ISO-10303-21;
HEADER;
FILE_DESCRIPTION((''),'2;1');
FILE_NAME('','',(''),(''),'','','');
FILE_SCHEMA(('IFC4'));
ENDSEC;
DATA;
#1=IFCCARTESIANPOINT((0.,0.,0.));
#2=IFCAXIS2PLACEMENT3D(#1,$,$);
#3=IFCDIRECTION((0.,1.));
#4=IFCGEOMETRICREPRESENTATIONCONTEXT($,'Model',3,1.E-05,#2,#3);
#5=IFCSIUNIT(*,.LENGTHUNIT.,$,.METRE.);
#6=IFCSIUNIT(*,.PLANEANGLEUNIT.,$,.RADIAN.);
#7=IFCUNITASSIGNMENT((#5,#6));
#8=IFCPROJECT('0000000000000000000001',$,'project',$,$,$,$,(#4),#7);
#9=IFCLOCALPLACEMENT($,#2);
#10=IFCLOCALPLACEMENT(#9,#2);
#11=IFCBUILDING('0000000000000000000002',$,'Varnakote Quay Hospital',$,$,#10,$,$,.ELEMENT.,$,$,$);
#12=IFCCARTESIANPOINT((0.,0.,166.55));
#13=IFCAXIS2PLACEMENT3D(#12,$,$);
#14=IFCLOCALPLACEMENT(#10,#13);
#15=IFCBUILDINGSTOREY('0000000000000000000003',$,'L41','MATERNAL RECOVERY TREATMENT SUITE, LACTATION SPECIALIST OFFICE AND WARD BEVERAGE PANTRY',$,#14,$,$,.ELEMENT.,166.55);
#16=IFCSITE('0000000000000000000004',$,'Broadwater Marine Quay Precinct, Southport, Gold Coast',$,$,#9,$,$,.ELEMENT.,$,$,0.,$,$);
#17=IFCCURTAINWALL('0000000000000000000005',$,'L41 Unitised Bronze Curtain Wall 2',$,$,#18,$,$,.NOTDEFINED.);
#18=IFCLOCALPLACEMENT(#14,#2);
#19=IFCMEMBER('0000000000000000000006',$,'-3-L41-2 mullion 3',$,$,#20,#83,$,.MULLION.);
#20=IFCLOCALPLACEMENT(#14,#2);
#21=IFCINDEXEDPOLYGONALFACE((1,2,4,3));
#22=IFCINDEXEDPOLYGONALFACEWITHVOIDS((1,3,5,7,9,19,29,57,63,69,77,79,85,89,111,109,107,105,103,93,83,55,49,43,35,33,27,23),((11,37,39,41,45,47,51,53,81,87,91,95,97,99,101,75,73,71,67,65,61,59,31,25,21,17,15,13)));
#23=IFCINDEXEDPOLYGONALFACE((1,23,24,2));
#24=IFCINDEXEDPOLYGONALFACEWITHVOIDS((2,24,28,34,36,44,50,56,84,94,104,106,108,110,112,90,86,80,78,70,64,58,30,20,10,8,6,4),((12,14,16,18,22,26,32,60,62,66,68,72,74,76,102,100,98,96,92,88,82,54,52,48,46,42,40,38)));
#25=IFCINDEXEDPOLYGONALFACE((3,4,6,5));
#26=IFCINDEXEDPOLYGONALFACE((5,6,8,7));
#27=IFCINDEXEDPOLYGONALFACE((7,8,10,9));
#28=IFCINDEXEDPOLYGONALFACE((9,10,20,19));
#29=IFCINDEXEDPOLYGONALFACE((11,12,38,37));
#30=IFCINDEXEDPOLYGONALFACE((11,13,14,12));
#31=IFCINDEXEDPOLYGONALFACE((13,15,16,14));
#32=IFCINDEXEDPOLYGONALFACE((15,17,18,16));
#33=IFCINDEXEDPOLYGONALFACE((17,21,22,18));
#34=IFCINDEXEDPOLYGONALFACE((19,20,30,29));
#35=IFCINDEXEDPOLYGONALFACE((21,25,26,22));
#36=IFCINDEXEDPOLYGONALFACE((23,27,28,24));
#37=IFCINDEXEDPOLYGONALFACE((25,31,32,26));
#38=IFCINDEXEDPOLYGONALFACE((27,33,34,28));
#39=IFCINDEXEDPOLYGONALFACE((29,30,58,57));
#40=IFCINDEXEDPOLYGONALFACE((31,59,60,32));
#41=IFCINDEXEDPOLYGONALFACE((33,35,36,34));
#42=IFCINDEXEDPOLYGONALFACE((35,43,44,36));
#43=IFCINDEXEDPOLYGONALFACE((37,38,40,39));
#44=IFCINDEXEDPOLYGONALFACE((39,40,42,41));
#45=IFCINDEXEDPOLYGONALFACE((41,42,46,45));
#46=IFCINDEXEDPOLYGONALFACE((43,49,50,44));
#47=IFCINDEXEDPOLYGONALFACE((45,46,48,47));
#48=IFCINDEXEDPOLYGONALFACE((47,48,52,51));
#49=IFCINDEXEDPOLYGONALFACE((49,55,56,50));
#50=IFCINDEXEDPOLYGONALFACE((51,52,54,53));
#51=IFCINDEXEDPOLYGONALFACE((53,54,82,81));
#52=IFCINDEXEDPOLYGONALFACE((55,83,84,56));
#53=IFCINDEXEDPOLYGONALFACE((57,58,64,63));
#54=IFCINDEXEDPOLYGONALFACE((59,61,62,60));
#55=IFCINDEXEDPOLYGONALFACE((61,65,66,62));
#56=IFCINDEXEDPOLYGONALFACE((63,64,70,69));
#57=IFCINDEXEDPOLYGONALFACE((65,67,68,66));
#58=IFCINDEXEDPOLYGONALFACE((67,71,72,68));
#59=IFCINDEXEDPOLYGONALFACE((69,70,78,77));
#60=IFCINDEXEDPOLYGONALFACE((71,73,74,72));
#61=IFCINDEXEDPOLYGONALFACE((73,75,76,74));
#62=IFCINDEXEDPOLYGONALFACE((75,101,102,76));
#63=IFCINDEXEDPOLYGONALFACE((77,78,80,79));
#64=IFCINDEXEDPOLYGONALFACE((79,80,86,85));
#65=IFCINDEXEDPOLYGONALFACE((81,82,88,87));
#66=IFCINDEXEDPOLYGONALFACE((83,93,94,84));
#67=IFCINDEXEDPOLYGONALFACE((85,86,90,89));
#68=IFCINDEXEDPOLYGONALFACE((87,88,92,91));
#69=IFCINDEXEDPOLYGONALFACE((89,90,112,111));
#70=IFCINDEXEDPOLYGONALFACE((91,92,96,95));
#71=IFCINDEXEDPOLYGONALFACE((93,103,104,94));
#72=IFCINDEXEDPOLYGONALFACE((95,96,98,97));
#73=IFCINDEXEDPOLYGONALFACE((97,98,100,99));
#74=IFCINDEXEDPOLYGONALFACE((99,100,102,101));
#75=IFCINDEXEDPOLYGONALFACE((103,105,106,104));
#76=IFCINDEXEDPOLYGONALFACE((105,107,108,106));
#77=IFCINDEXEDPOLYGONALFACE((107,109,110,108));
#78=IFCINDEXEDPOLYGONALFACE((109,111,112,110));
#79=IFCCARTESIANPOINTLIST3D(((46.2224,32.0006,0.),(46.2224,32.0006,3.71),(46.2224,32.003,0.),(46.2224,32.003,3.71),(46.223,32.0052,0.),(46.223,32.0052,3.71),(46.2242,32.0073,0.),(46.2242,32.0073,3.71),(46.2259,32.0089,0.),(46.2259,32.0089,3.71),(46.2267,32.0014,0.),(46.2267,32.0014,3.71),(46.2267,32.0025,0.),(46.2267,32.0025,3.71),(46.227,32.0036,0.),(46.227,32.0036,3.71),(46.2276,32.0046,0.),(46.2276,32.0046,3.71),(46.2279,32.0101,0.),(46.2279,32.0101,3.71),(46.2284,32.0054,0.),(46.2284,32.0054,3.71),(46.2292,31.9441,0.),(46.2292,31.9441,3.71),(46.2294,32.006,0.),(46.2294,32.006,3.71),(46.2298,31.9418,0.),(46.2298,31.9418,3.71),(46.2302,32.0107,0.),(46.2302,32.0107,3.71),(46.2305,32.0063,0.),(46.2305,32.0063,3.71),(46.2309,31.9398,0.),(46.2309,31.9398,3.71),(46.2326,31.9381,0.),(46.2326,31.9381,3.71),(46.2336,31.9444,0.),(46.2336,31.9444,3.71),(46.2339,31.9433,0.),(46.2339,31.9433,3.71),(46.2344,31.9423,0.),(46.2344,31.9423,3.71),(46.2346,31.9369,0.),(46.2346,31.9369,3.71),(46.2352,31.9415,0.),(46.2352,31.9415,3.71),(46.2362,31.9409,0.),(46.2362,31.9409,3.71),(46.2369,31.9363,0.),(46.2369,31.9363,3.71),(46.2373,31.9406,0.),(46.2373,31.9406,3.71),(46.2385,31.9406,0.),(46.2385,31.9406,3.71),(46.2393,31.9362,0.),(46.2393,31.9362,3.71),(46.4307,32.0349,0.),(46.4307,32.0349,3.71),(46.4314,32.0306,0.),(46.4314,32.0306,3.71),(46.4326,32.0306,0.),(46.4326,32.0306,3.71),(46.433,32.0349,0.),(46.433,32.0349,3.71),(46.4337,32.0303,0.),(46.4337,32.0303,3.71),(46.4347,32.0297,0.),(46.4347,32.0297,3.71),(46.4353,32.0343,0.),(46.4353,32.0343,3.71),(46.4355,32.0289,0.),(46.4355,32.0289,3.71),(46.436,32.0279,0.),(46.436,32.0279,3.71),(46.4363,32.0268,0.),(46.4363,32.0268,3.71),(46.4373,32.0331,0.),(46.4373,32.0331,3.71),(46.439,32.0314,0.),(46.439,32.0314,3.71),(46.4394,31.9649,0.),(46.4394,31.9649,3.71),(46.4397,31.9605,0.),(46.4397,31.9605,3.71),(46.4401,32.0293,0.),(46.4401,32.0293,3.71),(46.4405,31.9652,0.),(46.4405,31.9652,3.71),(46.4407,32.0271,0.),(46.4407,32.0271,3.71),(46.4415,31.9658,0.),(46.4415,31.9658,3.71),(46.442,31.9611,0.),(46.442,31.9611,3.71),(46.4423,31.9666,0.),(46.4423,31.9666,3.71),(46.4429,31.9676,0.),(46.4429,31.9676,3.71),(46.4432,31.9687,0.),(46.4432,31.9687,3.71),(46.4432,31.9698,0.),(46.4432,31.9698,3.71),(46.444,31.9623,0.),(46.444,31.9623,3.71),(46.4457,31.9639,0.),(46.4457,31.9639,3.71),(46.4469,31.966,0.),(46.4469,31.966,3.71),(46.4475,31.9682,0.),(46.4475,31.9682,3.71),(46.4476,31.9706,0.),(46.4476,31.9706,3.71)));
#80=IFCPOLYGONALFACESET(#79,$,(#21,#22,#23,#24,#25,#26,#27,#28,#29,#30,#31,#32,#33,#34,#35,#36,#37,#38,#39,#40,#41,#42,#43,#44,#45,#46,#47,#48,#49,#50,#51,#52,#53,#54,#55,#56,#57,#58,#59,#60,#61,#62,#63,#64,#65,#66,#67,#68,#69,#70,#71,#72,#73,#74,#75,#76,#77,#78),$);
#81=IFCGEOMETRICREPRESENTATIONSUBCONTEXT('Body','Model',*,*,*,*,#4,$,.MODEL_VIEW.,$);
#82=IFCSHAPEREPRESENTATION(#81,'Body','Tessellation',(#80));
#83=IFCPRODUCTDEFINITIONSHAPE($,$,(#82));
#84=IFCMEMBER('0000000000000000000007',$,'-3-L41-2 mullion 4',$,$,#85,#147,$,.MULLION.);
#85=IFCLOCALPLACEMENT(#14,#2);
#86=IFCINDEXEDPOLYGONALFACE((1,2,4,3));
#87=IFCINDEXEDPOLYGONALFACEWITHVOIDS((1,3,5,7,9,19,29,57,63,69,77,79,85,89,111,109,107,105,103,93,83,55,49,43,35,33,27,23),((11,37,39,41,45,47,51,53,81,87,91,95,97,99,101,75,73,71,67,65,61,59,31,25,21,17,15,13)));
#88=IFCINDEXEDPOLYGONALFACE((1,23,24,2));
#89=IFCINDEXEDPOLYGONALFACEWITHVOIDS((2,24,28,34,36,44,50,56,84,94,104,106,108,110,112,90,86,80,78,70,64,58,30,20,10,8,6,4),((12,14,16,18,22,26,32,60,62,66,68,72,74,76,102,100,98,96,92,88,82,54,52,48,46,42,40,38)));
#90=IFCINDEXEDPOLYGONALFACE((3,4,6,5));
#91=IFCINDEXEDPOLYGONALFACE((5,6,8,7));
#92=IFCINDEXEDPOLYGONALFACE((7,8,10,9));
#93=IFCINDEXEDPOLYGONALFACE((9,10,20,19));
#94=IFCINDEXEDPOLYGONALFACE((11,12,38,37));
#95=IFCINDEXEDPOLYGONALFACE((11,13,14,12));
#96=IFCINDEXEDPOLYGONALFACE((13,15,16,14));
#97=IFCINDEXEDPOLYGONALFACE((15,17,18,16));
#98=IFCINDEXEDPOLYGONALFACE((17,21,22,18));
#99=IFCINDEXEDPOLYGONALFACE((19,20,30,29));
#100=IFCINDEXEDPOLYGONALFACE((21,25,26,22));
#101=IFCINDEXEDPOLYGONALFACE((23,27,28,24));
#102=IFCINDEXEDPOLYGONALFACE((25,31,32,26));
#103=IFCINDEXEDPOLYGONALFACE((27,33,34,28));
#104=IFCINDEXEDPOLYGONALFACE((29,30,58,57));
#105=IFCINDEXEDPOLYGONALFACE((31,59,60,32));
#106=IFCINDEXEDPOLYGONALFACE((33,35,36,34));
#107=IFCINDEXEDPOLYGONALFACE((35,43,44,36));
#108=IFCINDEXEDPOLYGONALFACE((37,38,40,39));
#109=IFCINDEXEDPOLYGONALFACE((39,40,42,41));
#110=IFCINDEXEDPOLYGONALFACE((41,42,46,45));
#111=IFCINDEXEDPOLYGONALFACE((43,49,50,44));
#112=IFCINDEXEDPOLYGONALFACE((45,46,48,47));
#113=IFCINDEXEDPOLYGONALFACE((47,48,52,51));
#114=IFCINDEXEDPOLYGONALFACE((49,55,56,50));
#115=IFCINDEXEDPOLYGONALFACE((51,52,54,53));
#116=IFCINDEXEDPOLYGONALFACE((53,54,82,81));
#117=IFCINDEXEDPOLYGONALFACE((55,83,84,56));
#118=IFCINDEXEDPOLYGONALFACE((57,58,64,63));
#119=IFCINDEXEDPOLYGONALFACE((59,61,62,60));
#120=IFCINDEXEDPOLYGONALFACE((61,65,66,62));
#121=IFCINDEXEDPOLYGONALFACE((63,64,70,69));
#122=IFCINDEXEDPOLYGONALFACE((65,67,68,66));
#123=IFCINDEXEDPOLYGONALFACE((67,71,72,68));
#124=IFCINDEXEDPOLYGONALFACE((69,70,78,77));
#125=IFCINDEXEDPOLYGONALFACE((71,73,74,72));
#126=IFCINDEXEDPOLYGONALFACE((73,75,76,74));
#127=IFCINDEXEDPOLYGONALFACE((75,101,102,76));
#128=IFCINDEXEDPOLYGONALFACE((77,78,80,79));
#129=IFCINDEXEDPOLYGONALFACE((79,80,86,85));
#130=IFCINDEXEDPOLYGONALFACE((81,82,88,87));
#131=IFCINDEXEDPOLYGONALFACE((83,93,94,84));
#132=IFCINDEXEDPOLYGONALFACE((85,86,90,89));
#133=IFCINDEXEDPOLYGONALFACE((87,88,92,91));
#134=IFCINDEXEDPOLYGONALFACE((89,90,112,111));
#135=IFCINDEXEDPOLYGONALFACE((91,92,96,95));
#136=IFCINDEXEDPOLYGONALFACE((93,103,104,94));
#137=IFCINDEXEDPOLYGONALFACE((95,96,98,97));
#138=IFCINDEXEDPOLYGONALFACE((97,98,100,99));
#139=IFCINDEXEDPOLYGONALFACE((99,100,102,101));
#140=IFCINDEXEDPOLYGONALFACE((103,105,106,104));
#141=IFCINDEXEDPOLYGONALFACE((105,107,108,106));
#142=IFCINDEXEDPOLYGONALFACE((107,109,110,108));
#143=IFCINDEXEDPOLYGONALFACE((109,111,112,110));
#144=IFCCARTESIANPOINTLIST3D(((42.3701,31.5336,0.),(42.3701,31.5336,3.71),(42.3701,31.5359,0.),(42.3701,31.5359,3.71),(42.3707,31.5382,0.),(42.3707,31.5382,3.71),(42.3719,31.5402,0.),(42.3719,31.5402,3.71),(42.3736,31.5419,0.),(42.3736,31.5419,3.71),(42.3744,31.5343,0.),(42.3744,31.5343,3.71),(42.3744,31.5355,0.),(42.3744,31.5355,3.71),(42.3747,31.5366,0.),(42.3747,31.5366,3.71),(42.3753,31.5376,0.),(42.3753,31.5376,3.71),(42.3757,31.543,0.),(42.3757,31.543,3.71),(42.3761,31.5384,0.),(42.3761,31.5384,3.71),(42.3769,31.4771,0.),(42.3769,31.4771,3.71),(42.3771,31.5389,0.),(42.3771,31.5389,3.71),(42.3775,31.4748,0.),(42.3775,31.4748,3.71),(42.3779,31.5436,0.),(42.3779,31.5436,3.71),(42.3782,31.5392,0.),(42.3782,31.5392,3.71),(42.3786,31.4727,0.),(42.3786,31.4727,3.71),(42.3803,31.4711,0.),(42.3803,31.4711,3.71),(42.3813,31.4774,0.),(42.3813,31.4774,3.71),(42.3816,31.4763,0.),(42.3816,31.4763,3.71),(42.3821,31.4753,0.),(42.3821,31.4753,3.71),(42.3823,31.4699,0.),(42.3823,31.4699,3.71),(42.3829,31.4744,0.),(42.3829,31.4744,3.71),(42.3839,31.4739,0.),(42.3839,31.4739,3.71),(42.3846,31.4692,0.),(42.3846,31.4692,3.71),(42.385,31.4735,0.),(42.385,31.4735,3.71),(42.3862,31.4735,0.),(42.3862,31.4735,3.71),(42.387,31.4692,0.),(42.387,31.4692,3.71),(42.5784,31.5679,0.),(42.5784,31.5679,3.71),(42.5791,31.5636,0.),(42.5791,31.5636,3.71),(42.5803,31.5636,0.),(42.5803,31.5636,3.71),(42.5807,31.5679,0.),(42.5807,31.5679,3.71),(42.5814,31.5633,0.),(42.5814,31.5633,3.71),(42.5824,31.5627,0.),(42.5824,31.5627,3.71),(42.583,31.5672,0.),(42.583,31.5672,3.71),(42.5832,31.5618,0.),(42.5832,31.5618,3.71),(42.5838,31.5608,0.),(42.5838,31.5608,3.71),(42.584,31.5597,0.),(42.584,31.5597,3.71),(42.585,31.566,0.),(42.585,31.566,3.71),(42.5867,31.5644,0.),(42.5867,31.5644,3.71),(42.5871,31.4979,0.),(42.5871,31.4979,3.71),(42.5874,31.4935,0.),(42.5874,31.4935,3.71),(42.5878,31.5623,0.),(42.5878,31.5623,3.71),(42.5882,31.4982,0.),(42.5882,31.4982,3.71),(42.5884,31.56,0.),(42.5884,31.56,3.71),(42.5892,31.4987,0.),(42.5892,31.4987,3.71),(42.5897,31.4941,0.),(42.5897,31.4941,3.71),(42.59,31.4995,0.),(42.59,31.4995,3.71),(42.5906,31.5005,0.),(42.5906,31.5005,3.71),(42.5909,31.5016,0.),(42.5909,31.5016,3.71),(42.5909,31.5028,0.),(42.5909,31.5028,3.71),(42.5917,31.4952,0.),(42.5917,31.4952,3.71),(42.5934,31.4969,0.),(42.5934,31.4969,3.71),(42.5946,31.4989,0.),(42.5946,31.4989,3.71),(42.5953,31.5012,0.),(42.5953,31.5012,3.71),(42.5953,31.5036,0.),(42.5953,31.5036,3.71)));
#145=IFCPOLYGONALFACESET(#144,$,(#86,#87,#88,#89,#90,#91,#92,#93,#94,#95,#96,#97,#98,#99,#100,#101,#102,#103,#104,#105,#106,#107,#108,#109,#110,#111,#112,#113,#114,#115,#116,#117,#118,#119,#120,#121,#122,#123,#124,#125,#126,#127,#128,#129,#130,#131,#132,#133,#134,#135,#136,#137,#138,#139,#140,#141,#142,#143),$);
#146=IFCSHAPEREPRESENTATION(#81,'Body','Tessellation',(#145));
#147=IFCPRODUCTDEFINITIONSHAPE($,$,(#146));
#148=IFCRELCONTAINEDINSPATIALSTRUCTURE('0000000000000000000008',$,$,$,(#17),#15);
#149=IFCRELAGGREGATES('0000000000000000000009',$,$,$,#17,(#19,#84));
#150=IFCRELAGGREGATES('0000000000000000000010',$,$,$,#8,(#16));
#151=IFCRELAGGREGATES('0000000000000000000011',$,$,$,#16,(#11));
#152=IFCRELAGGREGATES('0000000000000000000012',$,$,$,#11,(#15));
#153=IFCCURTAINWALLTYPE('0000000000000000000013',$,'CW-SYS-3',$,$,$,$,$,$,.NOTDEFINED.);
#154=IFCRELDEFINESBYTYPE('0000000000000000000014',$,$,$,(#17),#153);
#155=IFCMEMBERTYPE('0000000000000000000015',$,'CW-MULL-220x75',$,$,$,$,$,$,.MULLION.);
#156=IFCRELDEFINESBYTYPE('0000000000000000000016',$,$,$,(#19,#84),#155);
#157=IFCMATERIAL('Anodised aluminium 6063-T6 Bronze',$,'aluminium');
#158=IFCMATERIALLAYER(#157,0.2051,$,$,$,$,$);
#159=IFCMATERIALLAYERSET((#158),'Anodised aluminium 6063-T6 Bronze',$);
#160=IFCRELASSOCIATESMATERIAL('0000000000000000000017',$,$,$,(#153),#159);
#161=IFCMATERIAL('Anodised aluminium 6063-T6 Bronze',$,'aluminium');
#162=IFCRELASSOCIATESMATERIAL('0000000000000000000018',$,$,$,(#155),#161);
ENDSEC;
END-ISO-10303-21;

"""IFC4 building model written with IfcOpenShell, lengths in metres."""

from ifc_helpers import new_model, si_unit, direction, frame, origin, origin_2d, place, context, subcontext, project, spatial, hollow_rectangle, extrude, material, layer, layer_set, material_profile, profile_set, type_object, element, aggregate, save


model = new_model("IFC4")

# Units and contexts
model_context = context("Model", 3, precision=1e-05, world=origin(), true_north=direction((0.0, 1.0)))
body_context = subcontext(model_context, "Body", "Model", "MODEL_VIEW")
ifc_project = project(units=[si_unit("LENGTHUNIT", "METRE"), si_unit("PLANEANGLEUNIT", "RADIAN")], contexts=[model_context])

# Site, building, storey
site_placement = place(None, origin())
site = spatial("IfcSite", under=ifc_project, at=site_placement, Name="Broadwater Marine Quay Precinct, Southport, Gold Coast", CompositionType="ELEMENT", RefElevation=0.0)
building_placement = place(site_placement, origin())
building = spatial("IfcBuilding", under=site, at=building_placement, Name="Varnakote Quay Hospital", CompositionType="ELEMENT")
storey_placement = place(building_placement, frame((0.0, 0.0, 166.55)))
storey = spatial("IfcBuildingStorey", under=building, at=storey_placement, Name="L41", Description="MATERNAL RECOVERY TREATMENT SUITE, LACTATION SPECIALIST OFFICE AND WARD BEVERAGE PANTRY", CompositionType="ELEMENT", Elevation=166.55)

# Curtain wall, members
ifc_material_1 = material(Name="Anodised aluminium 6063-T6 Bronze", Category="aluminium")
ifc_layer_1 = layer(ifc_material_1, 0.2051)
ifc_layer_set_1 = layer_set([ifc_layer_1], Name="Anodised aluminium 6063-T6 Bronze")
curtain_wall_type = type_object("IfcCurtainWallType", Name="CW-SYS-3", PredefinedType="NOTDEFINED", material=ifc_layer_set_1)
curtain_wall_placement = place(storey_placement, origin())
curtain_wall = element("IfcCurtainWall", 1, at=curtain_wall_placement, inside=storey, type_object=curtain_wall_type, Name="L41 Unitised Bronze Curtain Wall 2", PredefinedType="NOTDEFINED")
ifc_material_2 = material(Name="Anodised aluminium 6063-T6 Bronze", Category="aluminium")
ifc_material_profile_1 = material_profile(ifc_material_2, hollow_rectangle(XDim=0.075, YDim=0.22, WallThickness=0.0044, InnerFilletRadius=0.0044, OuterFilletRadius=0.009, at=origin_2d()), Name="CW-MULL-220x75")
ifc_profile_set_1 = profile_set([ifc_material_profile_1], Name="Anodised aluminium 6063-T6 Bronze")
member_type_1 = type_object("IfcMemberType", Name="CW-MULL-220x75", PredefinedType="MULLION", material=ifc_profile_set_1)
member_1_placement = place(storey_placement, frame((46.335, 31.9856, 0.0), z_axis=(0.0, 0.0, 1.0), x_axis=(0.120327, -0.992734, 0.0)))
member_1 = element("IfcMember", 2, at=member_1_placement, type_object=member_type_1, Name="-3-L41-2 mullion 3", PredefinedType="MULLION", context=body_context, shape_type="SweptSolid", body=[
    extrude(hollow_rectangle(XDim=0.075, YDim=0.22, WallThickness=0.0044, InnerFilletRadius=0.0044, OuterFilletRadius=0.009, at=origin_2d()), origin(), (0.0, 0.0, 1.0), 3.71),
])
member_2_placement = place(storey_placement, frame((42.4827, 31.5186, 0.0), z_axis=(0.0, 0.0, 1.0), x_axis=(0.120327, -0.992734, 0.0)))
member_2 = element("IfcMember", 3, at=member_2_placement, type_object=member_type_1, Name="-3-L41-2 mullion 4", PredefinedType="MULLION", context=body_context, shape_type="SweptSolid", body=[
    extrude(hollow_rectangle(XDim=0.075, YDim=0.22, WallThickness=0.0044, InnerFilletRadius=0.0044, OuterFilletRadius=0.009, at=origin_2d()), origin(), (0.0, 0.0, 1.0), 3.71),
])
aggregate(curtain_wall, [member_1, member_2])

save(model, "model.ifc")
